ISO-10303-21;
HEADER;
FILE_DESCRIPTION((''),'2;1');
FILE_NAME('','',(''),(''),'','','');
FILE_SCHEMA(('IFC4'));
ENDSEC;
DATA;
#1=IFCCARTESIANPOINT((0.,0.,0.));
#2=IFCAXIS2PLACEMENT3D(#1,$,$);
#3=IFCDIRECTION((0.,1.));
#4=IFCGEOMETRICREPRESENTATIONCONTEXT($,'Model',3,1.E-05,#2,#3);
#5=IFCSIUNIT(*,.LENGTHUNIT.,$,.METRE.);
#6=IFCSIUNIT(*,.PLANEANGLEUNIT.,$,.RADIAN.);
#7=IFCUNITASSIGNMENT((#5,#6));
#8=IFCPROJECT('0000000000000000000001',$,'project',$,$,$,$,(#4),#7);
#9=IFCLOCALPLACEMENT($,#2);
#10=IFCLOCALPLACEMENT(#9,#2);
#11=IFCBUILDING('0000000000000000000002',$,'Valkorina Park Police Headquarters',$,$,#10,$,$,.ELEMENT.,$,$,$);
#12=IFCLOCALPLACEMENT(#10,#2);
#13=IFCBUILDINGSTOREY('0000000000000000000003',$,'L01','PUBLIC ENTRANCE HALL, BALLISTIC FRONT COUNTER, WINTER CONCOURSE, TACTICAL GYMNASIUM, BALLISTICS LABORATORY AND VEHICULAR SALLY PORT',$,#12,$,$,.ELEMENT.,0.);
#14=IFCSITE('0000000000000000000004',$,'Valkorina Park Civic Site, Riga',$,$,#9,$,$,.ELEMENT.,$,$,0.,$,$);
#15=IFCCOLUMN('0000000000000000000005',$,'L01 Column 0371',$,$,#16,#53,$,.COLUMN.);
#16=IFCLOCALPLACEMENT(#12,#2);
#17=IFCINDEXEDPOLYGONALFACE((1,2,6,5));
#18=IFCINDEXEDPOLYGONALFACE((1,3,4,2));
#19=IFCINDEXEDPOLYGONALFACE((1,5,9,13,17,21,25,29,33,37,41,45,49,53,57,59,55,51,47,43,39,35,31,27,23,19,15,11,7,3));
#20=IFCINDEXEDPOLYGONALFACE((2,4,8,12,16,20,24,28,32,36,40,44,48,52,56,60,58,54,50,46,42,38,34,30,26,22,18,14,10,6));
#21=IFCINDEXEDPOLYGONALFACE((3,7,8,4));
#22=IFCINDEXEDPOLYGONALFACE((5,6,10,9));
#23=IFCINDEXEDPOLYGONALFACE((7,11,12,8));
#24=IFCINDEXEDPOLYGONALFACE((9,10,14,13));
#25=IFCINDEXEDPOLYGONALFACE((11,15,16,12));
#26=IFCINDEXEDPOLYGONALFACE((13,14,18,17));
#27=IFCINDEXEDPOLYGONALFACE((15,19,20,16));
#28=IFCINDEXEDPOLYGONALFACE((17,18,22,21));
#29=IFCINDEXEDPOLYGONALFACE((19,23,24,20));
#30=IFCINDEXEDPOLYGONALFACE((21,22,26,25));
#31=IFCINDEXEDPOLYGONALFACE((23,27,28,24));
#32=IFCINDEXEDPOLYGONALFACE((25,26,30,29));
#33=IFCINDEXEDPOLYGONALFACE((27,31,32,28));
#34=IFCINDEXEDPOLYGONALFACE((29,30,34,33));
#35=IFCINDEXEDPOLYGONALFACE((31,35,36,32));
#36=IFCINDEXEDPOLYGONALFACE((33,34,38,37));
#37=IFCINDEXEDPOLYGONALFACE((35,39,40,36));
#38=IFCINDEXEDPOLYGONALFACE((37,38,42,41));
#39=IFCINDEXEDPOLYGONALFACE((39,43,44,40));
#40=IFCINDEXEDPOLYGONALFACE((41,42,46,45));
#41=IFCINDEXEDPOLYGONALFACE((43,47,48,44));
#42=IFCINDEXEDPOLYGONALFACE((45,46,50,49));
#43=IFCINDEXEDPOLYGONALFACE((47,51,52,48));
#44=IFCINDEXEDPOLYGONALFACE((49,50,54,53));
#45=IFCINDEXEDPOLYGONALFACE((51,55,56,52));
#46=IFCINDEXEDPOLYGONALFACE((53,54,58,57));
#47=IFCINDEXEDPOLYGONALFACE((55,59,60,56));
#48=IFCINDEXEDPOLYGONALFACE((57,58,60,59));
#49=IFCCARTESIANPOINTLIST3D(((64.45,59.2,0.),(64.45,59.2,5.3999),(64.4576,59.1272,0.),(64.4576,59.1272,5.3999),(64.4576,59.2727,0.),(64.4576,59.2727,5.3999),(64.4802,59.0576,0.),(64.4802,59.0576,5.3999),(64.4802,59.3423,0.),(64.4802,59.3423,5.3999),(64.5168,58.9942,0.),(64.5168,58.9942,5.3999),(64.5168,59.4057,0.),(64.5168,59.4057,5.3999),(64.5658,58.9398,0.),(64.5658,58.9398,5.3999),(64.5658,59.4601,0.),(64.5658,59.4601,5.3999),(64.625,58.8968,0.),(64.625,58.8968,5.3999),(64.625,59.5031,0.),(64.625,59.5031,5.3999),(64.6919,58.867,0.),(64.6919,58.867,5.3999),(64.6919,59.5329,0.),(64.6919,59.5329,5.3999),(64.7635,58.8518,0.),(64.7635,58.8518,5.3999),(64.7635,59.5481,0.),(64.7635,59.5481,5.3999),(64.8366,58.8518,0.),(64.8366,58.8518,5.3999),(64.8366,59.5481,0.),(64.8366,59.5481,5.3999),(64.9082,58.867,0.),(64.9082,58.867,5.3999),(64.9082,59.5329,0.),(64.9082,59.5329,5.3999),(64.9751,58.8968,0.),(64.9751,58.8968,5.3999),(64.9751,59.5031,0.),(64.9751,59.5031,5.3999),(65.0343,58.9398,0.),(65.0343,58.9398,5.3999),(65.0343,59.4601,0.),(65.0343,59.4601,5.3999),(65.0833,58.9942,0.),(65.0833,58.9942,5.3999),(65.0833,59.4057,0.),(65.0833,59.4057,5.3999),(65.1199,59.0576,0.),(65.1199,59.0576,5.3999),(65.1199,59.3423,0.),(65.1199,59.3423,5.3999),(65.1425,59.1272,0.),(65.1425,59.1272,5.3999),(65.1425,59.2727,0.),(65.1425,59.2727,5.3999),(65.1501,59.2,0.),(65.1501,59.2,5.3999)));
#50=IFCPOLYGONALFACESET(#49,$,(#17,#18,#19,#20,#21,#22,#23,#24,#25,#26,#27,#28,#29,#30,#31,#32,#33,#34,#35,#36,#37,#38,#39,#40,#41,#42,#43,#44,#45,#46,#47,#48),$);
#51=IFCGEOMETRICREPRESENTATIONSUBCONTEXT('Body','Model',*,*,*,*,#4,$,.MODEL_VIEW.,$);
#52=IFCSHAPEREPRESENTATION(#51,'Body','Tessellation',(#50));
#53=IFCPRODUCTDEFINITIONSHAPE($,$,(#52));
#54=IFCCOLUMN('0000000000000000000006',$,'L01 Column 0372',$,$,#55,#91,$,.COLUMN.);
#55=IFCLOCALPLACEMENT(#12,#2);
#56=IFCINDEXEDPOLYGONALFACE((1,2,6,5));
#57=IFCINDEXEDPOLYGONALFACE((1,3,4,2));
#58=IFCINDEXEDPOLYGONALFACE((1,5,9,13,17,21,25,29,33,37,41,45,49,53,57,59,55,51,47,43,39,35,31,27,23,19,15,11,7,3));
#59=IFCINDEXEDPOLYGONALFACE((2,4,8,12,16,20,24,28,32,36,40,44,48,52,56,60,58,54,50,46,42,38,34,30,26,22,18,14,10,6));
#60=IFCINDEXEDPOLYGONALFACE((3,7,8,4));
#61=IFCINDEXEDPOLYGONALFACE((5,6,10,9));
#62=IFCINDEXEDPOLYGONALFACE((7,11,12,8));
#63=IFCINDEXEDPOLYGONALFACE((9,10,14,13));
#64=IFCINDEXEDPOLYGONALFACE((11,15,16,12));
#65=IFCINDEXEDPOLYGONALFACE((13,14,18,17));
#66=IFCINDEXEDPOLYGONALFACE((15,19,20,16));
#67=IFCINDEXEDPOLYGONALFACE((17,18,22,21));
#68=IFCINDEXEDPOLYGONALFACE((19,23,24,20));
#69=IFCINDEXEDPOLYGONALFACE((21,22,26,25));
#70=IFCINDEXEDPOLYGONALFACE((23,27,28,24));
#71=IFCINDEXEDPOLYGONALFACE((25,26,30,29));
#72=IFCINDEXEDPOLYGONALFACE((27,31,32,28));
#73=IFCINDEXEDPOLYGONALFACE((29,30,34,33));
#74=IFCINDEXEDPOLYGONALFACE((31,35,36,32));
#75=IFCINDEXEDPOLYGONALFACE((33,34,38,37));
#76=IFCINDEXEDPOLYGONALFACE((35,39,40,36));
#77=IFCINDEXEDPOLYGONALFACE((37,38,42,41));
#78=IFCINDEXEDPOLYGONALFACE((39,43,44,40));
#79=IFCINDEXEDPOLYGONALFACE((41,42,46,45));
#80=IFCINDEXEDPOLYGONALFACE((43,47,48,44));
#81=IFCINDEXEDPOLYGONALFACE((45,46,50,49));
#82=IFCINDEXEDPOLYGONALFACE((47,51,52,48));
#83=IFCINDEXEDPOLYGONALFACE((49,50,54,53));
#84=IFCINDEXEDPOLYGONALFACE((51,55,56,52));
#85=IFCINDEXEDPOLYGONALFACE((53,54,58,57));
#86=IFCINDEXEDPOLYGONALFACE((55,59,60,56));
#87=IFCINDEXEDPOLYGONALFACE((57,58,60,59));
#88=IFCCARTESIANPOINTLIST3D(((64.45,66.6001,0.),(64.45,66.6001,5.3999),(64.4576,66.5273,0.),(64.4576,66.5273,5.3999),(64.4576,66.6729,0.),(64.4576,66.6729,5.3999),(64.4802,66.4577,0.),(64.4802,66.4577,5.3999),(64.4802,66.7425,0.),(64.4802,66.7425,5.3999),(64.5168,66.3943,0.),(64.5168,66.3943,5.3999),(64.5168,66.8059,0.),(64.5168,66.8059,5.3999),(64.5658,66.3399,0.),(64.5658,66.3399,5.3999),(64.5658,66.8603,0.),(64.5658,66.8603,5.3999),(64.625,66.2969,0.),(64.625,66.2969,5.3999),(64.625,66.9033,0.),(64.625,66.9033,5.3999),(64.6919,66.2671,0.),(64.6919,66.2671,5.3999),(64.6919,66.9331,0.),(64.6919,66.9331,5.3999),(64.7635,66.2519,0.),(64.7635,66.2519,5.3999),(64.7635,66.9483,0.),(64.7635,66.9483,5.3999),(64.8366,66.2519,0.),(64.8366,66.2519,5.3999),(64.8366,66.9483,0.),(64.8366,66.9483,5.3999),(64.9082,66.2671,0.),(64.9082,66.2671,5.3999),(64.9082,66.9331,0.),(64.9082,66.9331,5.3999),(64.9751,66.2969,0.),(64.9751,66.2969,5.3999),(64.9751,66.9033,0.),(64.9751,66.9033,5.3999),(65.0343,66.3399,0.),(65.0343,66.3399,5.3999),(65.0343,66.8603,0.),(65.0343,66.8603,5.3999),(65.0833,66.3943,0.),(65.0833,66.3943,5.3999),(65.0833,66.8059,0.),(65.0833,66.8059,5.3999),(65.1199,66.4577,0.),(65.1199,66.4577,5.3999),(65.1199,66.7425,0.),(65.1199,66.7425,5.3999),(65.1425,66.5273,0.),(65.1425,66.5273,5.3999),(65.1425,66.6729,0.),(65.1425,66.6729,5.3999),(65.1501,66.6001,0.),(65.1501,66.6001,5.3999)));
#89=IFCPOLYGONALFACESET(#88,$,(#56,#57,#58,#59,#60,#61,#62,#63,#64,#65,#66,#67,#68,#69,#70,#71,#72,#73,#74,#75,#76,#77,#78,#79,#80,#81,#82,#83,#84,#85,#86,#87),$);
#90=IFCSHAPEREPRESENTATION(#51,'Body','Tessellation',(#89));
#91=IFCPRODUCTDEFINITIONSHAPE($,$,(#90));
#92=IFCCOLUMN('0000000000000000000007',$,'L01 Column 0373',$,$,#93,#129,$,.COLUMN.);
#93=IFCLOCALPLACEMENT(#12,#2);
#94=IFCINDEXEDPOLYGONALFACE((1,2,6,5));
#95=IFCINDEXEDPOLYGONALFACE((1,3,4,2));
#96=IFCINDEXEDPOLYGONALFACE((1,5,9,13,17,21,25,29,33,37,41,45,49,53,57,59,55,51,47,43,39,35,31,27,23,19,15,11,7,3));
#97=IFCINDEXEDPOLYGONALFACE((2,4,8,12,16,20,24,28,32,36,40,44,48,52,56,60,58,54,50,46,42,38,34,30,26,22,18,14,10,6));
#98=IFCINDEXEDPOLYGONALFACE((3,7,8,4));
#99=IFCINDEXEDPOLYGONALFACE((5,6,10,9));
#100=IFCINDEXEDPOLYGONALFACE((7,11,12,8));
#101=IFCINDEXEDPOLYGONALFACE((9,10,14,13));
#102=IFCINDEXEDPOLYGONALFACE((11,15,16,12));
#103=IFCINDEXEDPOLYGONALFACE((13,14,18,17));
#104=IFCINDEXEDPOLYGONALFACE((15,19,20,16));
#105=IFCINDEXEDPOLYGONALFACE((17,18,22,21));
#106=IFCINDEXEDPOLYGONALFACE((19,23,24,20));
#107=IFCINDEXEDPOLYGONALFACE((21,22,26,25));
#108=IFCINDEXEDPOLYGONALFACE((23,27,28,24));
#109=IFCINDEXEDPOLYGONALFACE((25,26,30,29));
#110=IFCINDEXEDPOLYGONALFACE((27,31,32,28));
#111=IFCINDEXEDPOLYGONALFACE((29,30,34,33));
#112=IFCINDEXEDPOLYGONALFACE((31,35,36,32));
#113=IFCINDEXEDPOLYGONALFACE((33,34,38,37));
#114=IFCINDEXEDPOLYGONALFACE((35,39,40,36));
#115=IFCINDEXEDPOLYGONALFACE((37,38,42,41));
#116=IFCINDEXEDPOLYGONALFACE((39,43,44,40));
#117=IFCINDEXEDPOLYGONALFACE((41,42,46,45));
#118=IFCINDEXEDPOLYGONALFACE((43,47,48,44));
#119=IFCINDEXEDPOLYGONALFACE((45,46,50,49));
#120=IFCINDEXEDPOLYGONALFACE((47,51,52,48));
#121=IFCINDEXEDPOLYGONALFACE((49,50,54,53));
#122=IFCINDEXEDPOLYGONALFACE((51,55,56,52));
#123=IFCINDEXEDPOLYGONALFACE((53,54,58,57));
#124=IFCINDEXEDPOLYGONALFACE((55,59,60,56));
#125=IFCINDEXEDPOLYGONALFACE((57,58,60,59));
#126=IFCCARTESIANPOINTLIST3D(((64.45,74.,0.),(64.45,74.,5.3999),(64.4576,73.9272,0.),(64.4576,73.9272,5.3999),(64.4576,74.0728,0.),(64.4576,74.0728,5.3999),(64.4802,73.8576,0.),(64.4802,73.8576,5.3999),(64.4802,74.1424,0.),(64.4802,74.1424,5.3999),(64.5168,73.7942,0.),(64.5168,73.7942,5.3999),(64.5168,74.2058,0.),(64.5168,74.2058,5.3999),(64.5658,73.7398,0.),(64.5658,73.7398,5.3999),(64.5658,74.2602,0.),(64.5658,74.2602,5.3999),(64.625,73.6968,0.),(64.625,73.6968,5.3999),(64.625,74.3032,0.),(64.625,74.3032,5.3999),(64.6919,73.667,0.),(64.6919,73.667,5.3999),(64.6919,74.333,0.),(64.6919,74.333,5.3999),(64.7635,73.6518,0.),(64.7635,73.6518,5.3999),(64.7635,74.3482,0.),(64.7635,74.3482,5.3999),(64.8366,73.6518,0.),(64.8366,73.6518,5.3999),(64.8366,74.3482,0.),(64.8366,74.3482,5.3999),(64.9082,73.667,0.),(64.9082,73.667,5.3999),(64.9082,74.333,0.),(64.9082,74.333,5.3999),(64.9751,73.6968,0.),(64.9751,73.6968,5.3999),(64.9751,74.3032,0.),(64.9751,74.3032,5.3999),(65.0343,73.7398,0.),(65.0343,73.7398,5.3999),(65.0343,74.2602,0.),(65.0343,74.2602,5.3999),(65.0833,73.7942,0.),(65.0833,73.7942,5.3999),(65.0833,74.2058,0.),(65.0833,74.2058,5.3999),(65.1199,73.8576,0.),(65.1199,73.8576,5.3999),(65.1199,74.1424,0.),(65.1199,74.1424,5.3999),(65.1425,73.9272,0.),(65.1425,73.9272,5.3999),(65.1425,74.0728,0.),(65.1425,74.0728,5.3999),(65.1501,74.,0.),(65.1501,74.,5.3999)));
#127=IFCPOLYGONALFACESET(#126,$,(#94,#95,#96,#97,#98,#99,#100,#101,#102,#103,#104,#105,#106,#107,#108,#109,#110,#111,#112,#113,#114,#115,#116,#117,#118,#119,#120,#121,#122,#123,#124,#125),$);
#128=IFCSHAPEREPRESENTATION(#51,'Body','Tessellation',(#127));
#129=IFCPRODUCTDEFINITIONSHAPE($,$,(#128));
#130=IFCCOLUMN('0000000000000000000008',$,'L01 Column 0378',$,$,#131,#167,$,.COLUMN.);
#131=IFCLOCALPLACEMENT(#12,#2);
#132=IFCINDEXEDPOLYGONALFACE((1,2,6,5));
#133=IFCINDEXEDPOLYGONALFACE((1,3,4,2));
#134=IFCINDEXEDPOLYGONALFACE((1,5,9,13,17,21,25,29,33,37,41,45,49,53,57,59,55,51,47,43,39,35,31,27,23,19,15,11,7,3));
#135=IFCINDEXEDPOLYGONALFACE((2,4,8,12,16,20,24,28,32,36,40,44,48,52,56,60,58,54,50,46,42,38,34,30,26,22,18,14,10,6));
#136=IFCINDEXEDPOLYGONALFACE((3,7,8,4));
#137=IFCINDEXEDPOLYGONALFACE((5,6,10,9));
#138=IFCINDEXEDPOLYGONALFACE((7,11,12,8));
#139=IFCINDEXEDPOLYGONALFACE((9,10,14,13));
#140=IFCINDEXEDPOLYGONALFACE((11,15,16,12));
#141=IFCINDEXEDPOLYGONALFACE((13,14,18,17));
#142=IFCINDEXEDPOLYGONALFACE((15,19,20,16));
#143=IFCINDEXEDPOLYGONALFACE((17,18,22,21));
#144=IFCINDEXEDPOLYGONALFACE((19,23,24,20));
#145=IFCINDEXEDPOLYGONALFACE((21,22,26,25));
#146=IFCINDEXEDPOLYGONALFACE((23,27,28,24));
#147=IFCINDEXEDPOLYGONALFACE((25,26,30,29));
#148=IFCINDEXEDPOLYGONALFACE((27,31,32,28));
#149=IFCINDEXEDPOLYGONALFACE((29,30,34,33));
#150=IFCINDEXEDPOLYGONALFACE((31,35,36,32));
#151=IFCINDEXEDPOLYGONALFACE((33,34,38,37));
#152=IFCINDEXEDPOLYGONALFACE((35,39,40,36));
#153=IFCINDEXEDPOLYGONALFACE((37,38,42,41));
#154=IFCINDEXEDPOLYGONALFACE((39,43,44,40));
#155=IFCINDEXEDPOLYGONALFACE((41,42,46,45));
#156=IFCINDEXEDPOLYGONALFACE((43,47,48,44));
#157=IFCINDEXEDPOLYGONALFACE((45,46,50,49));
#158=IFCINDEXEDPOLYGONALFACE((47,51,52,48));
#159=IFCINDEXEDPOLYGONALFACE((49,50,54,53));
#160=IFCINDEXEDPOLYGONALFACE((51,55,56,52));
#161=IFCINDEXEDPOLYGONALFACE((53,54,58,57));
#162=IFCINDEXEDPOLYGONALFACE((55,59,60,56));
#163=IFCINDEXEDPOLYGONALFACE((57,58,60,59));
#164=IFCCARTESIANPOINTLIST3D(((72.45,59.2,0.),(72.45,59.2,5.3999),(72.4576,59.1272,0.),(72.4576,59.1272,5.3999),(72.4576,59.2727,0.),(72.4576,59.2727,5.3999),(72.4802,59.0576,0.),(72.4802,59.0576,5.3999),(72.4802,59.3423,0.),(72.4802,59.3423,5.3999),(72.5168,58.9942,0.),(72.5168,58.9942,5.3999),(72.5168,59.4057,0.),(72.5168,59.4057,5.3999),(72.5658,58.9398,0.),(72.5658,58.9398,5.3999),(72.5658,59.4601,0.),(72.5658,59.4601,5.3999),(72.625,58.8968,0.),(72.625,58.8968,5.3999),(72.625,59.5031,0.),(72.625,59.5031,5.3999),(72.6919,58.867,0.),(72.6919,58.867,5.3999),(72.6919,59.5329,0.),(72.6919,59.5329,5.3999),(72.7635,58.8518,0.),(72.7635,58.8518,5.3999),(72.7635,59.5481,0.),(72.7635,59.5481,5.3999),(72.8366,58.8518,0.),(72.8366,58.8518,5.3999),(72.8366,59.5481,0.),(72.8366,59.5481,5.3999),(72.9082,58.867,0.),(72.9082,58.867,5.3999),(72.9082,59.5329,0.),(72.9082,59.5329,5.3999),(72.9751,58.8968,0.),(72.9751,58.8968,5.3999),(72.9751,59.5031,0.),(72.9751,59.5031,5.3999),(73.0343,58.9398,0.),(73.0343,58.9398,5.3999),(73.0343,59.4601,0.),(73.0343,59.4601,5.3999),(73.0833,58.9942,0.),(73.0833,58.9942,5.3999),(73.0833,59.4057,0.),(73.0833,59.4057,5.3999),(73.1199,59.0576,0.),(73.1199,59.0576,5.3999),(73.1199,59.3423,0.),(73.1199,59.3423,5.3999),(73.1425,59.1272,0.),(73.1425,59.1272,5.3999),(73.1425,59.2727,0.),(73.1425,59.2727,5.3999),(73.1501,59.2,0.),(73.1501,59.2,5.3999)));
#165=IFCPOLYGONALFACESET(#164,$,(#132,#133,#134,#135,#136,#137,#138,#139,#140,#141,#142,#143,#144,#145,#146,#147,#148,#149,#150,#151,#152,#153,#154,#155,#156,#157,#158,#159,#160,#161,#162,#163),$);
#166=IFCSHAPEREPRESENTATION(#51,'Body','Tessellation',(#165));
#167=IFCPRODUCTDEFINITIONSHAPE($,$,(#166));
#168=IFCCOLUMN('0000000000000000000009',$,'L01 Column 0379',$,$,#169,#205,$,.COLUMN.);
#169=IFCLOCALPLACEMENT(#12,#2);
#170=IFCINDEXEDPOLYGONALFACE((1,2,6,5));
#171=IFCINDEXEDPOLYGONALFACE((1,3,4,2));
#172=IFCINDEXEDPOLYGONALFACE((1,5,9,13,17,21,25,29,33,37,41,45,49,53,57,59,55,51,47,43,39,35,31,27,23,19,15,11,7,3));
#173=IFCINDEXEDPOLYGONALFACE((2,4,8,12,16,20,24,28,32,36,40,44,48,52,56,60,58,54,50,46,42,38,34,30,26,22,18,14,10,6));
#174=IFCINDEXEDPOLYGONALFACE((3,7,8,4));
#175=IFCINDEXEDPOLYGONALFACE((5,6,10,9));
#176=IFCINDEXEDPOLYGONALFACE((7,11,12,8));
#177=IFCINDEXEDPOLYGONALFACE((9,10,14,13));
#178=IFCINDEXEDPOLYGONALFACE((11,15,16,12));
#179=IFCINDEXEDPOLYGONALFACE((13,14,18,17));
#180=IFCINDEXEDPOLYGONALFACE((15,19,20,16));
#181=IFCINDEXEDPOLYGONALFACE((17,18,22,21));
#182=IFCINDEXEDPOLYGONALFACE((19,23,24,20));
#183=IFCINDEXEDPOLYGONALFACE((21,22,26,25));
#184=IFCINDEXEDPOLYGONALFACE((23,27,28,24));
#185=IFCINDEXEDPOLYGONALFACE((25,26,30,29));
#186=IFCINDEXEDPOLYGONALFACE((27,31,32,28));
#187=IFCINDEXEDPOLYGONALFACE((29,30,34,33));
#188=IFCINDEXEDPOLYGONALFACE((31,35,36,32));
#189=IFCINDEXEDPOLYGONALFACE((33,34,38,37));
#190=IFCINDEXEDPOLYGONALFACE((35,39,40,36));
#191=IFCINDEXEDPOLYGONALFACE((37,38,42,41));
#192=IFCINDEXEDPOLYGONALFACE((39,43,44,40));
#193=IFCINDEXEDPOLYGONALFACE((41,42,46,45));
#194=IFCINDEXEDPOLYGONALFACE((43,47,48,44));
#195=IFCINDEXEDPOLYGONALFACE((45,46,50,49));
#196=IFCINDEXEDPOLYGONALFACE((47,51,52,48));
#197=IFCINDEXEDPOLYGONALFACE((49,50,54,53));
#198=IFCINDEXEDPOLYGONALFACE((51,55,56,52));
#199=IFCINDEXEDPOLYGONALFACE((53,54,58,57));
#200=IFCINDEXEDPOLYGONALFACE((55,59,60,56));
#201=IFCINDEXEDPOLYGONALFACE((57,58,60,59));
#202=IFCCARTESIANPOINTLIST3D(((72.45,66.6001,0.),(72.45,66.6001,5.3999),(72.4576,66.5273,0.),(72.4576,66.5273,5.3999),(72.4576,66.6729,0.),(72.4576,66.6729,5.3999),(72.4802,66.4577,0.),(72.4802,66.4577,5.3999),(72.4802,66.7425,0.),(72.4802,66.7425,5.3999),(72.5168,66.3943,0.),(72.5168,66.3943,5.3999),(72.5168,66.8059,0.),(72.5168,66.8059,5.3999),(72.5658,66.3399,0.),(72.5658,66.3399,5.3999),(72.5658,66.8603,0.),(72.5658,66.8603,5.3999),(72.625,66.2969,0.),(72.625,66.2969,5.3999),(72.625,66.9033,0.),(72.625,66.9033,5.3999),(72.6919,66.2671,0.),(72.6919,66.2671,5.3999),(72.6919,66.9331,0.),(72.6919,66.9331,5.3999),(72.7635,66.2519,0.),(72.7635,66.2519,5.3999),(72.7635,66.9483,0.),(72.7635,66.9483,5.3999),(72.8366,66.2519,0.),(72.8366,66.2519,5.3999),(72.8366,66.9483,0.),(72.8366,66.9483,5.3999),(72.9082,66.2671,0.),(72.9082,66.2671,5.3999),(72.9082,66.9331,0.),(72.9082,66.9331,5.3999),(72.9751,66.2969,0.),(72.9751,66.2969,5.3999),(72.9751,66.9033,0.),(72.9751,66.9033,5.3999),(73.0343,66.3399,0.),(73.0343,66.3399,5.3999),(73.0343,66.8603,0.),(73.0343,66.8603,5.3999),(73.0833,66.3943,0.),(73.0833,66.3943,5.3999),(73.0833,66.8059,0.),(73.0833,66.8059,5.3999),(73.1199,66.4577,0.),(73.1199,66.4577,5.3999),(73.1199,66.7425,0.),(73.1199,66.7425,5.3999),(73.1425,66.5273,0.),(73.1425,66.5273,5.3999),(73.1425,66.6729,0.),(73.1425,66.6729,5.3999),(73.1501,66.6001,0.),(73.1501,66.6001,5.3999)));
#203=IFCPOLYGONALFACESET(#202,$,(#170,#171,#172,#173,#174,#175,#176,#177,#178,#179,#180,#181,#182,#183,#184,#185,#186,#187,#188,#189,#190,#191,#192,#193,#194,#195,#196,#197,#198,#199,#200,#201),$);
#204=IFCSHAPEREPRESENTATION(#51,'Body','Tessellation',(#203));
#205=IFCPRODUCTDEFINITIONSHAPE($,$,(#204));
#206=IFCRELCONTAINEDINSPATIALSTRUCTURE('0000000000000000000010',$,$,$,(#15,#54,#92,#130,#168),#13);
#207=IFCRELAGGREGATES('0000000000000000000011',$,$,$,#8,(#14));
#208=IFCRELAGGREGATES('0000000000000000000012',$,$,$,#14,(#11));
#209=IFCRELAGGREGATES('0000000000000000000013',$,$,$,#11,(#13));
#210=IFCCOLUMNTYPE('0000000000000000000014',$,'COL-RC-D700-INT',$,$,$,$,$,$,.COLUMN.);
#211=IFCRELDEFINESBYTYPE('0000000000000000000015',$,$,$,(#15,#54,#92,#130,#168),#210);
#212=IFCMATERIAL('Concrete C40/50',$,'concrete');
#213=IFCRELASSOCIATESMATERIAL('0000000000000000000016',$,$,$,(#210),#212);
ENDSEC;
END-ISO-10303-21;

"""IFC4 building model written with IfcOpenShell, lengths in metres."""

from ifc_helpers import new_model, si_unit, direction, frame, origin, origin_2d, place, context, subcontext, project, spatial, circle, extrude, material, material_profile, profile_set, type_object, element, save


model = new_model("IFC4")

# Units and contexts
model_context = context("Model", 3, precision=1e-05, world=origin(), true_north=direction((0.0, 1.0)))
body_context = subcontext(model_context, "Body", "Model", "MODEL_VIEW")
ifc_project = project(units=[si_unit("LENGTHUNIT", "METRE"), si_unit("PLANEANGLEUNIT", "RADIAN")], contexts=[model_context])

# Site, building, storey
site_placement = place(None, origin())
site = spatial("IfcSite", under=ifc_project, at=site_placement, Name="Valkorina Park Civic Site, Riga", CompositionType="ELEMENT", RefElevation=0.0)
building_placement = place(site_placement, origin())
building = spatial("IfcBuilding", under=site, at=building_placement, Name="Valkorina Park Police Headquarters", CompositionType="ELEMENT")
storey_placement = place(building_placement, origin())
storey = spatial("IfcBuildingStorey", under=building, at=storey_placement, Name="L01", Description="PUBLIC ENTRANCE HALL, BALLISTIC FRONT COUNTER, WINTER CONCOURSE, TACTICAL GYMNASIUM, BALLISTICS LABORATORY AND VEHICULAR SALLY PORT", CompositionType="ELEMENT", Elevation=0.0)

# Columns
ifc_material_1 = material(Name="Concrete C40/50", Category="concrete")
ifc_material_profile_1 = material_profile(ifc_material_1, circle(Radius=0.3501, at=origin_2d()), Name="RC COL D700")
ifc_profile_set_1 = profile_set([ifc_material_profile_1], Name="Concrete C40/50")
column_type = type_object("IfcColumnType", Name="COL-RC-D700-INT", PredefinedType="COLUMN", material=ifc_profile_set_1)
for number, where, z_axis, x_axis, name in (
    (1, (64.8, 59.2, 0.0), (0.0, 0.0, 1.0), (1.0, 0.0, 0.0), "L01 Column 0371"),
    (2, (64.8, 66.6001, 0.0), (0.0, 0.0, 1.0), (1.0, 0.0, 0.0), "L01 Column 0372"),
    (3, (64.8, 74.0, 0.0), (0.0, 0.0, 1.0), (1.0, 0.0, 0.0), "L01 Column 0373"),
    (4, (72.8, 59.2, 0.0), (0.0, 0.0, 1.0), (1.0, 0.0, 0.0), "L01 Column 0378"),
    (5, (72.8, 66.6001, 0.0), (0.0, 0.0, 1.0), (1.0, 0.0, 0.0), "L01 Column 0379"),
):
    element("IfcColumn", number, at=place(storey_placement, frame(where, z_axis=z_axis, x_axis=x_axis)), inside=storey, type_object=column_type, Name=name, PredefinedType="COLUMN", context=body_context, shape_type="SweptSolid", body=[
        extrude(circle(Radius=0.3501, at=origin_2d()), origin(), (0.0, 0.0, 1.0), 5.3999),
    ])

save(model, "model.ifc")
